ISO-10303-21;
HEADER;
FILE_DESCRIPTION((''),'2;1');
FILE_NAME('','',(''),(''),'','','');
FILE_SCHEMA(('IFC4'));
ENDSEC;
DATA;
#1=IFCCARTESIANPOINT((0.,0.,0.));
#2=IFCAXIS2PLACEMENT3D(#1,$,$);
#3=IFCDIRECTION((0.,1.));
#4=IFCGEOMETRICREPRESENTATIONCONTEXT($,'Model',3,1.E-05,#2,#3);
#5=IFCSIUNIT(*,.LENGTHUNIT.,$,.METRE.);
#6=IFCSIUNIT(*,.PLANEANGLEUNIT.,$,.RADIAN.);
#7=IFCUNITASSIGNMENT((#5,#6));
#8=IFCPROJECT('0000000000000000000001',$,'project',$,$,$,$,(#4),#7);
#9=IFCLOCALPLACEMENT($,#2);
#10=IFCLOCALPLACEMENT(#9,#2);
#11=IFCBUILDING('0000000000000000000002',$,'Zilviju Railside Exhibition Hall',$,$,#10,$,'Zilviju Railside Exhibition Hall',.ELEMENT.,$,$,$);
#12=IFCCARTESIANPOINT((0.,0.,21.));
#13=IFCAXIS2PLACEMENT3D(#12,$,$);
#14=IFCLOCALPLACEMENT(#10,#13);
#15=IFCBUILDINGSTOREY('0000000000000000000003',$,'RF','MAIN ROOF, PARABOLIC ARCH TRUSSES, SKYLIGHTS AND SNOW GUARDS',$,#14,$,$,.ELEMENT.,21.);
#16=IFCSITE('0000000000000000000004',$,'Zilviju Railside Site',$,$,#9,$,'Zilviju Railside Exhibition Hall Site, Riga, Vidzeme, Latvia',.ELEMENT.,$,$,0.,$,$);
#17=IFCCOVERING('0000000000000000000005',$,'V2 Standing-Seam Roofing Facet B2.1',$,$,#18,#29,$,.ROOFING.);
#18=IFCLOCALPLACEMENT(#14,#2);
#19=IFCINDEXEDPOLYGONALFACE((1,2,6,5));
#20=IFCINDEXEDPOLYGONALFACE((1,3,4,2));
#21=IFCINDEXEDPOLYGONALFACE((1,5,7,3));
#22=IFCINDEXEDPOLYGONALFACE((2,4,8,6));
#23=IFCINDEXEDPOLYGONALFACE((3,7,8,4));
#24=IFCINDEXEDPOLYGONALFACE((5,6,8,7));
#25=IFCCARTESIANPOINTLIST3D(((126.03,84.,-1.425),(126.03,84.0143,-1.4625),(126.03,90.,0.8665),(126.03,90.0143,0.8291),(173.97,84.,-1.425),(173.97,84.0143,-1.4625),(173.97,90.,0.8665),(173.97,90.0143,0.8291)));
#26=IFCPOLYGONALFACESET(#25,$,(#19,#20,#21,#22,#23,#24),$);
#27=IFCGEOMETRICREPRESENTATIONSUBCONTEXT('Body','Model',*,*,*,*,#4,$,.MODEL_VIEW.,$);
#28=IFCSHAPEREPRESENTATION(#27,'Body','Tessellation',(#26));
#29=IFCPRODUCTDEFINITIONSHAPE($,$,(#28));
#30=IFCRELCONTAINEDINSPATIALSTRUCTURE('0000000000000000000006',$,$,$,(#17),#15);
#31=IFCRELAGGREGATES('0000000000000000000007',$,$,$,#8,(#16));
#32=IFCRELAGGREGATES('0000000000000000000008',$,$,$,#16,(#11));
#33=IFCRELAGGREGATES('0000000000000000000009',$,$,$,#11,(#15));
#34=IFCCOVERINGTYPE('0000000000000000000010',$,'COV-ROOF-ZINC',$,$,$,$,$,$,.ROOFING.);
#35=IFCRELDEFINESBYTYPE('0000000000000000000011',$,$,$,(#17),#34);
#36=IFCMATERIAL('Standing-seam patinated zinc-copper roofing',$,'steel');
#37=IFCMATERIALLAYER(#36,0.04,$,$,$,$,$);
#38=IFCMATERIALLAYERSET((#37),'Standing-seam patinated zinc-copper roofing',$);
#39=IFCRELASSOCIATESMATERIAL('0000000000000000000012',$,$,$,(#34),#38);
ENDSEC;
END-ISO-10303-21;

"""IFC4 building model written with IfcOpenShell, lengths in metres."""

from ifc_helpers import new_model, si_unit, direction, frame, origin, place, context, subcontext, project, spatial, polyline, outline, extrude, material, layer, layer_set, type_object, element, save


model = new_model("IFC4")

# Units and contexts
model_context = context("Model", 3, precision=1e-05, world=origin(), true_north=direction((0.0, 1.0)))
body_context = subcontext(model_context, "Body", "Model", "MODEL_VIEW")
ifc_project = project(units=[si_unit("LENGTHUNIT", "METRE"), si_unit("PLANEANGLEUNIT", "RADIAN")], contexts=[model_context])

# Site, building, storey
site_placement = place(None, origin())
site = spatial("IfcSite", under=ifc_project, at=site_placement, Name="Zilviju Railside Site", LongName="Zilviju Railside Exhibition Hall Site, Riga, Vidzeme, Latvia", CompositionType="ELEMENT", RefElevation=0.0)
building_placement = place(site_placement, origin())
building = spatial("IfcBuilding", under=site, at=building_placement, Name="Zilviju Railside Exhibition Hall", LongName="Zilviju Railside Exhibition Hall", CompositionType="ELEMENT")
storey_placement = place(building_placement, frame((0.0, 0.0, 21.0)))
storey = spatial("IfcBuildingStorey", under=building, at=storey_placement, Name="RF", Description="MAIN ROOF, PARABOLIC ARCH TRUSSES, SKYLIGHTS AND SNOW GUARDS", CompositionType="ELEMENT", Elevation=21.0)

# Covering
ifc_material_1 = material(Name="Standing-seam patinated zinc-copper roofing", Category="steel")
ifc_layer_1 = layer(ifc_material_1, 0.04)
ifc_layer_set_1 = layer_set([ifc_layer_1], Name="Standing-seam patinated zinc-copper roofing")
covering_type = type_object("IfcCoveringType", Name="COV-ROOF-ZINC", PredefinedType="ROOFING", material=ifc_layer_set_1)
covering_placement = place(storey_placement, frame((126.03, 84.0, -1.425), z_axis=(0.0, -0.356782, 0.934188), x_axis=(1.0, 0.0, 0.0)))
element("IfcCovering", 1, at=covering_placement, inside=storey, type_object=covering_type, Name="V2 Standing-Seam Roofing Facet B2.1", PredefinedType="ROOFING", context=body_context, shape_type="SweptSolid", body=[
    extrude(outline(polyline([(0.0, 0.0), (47.9399, 0.0), (47.9399, 6.4227), (0.0, 6.4227), (0.0, 0.0)])), origin(), (0.0, 0.0, -1.0), 0.04),
])

save(model, "model.ifc")
